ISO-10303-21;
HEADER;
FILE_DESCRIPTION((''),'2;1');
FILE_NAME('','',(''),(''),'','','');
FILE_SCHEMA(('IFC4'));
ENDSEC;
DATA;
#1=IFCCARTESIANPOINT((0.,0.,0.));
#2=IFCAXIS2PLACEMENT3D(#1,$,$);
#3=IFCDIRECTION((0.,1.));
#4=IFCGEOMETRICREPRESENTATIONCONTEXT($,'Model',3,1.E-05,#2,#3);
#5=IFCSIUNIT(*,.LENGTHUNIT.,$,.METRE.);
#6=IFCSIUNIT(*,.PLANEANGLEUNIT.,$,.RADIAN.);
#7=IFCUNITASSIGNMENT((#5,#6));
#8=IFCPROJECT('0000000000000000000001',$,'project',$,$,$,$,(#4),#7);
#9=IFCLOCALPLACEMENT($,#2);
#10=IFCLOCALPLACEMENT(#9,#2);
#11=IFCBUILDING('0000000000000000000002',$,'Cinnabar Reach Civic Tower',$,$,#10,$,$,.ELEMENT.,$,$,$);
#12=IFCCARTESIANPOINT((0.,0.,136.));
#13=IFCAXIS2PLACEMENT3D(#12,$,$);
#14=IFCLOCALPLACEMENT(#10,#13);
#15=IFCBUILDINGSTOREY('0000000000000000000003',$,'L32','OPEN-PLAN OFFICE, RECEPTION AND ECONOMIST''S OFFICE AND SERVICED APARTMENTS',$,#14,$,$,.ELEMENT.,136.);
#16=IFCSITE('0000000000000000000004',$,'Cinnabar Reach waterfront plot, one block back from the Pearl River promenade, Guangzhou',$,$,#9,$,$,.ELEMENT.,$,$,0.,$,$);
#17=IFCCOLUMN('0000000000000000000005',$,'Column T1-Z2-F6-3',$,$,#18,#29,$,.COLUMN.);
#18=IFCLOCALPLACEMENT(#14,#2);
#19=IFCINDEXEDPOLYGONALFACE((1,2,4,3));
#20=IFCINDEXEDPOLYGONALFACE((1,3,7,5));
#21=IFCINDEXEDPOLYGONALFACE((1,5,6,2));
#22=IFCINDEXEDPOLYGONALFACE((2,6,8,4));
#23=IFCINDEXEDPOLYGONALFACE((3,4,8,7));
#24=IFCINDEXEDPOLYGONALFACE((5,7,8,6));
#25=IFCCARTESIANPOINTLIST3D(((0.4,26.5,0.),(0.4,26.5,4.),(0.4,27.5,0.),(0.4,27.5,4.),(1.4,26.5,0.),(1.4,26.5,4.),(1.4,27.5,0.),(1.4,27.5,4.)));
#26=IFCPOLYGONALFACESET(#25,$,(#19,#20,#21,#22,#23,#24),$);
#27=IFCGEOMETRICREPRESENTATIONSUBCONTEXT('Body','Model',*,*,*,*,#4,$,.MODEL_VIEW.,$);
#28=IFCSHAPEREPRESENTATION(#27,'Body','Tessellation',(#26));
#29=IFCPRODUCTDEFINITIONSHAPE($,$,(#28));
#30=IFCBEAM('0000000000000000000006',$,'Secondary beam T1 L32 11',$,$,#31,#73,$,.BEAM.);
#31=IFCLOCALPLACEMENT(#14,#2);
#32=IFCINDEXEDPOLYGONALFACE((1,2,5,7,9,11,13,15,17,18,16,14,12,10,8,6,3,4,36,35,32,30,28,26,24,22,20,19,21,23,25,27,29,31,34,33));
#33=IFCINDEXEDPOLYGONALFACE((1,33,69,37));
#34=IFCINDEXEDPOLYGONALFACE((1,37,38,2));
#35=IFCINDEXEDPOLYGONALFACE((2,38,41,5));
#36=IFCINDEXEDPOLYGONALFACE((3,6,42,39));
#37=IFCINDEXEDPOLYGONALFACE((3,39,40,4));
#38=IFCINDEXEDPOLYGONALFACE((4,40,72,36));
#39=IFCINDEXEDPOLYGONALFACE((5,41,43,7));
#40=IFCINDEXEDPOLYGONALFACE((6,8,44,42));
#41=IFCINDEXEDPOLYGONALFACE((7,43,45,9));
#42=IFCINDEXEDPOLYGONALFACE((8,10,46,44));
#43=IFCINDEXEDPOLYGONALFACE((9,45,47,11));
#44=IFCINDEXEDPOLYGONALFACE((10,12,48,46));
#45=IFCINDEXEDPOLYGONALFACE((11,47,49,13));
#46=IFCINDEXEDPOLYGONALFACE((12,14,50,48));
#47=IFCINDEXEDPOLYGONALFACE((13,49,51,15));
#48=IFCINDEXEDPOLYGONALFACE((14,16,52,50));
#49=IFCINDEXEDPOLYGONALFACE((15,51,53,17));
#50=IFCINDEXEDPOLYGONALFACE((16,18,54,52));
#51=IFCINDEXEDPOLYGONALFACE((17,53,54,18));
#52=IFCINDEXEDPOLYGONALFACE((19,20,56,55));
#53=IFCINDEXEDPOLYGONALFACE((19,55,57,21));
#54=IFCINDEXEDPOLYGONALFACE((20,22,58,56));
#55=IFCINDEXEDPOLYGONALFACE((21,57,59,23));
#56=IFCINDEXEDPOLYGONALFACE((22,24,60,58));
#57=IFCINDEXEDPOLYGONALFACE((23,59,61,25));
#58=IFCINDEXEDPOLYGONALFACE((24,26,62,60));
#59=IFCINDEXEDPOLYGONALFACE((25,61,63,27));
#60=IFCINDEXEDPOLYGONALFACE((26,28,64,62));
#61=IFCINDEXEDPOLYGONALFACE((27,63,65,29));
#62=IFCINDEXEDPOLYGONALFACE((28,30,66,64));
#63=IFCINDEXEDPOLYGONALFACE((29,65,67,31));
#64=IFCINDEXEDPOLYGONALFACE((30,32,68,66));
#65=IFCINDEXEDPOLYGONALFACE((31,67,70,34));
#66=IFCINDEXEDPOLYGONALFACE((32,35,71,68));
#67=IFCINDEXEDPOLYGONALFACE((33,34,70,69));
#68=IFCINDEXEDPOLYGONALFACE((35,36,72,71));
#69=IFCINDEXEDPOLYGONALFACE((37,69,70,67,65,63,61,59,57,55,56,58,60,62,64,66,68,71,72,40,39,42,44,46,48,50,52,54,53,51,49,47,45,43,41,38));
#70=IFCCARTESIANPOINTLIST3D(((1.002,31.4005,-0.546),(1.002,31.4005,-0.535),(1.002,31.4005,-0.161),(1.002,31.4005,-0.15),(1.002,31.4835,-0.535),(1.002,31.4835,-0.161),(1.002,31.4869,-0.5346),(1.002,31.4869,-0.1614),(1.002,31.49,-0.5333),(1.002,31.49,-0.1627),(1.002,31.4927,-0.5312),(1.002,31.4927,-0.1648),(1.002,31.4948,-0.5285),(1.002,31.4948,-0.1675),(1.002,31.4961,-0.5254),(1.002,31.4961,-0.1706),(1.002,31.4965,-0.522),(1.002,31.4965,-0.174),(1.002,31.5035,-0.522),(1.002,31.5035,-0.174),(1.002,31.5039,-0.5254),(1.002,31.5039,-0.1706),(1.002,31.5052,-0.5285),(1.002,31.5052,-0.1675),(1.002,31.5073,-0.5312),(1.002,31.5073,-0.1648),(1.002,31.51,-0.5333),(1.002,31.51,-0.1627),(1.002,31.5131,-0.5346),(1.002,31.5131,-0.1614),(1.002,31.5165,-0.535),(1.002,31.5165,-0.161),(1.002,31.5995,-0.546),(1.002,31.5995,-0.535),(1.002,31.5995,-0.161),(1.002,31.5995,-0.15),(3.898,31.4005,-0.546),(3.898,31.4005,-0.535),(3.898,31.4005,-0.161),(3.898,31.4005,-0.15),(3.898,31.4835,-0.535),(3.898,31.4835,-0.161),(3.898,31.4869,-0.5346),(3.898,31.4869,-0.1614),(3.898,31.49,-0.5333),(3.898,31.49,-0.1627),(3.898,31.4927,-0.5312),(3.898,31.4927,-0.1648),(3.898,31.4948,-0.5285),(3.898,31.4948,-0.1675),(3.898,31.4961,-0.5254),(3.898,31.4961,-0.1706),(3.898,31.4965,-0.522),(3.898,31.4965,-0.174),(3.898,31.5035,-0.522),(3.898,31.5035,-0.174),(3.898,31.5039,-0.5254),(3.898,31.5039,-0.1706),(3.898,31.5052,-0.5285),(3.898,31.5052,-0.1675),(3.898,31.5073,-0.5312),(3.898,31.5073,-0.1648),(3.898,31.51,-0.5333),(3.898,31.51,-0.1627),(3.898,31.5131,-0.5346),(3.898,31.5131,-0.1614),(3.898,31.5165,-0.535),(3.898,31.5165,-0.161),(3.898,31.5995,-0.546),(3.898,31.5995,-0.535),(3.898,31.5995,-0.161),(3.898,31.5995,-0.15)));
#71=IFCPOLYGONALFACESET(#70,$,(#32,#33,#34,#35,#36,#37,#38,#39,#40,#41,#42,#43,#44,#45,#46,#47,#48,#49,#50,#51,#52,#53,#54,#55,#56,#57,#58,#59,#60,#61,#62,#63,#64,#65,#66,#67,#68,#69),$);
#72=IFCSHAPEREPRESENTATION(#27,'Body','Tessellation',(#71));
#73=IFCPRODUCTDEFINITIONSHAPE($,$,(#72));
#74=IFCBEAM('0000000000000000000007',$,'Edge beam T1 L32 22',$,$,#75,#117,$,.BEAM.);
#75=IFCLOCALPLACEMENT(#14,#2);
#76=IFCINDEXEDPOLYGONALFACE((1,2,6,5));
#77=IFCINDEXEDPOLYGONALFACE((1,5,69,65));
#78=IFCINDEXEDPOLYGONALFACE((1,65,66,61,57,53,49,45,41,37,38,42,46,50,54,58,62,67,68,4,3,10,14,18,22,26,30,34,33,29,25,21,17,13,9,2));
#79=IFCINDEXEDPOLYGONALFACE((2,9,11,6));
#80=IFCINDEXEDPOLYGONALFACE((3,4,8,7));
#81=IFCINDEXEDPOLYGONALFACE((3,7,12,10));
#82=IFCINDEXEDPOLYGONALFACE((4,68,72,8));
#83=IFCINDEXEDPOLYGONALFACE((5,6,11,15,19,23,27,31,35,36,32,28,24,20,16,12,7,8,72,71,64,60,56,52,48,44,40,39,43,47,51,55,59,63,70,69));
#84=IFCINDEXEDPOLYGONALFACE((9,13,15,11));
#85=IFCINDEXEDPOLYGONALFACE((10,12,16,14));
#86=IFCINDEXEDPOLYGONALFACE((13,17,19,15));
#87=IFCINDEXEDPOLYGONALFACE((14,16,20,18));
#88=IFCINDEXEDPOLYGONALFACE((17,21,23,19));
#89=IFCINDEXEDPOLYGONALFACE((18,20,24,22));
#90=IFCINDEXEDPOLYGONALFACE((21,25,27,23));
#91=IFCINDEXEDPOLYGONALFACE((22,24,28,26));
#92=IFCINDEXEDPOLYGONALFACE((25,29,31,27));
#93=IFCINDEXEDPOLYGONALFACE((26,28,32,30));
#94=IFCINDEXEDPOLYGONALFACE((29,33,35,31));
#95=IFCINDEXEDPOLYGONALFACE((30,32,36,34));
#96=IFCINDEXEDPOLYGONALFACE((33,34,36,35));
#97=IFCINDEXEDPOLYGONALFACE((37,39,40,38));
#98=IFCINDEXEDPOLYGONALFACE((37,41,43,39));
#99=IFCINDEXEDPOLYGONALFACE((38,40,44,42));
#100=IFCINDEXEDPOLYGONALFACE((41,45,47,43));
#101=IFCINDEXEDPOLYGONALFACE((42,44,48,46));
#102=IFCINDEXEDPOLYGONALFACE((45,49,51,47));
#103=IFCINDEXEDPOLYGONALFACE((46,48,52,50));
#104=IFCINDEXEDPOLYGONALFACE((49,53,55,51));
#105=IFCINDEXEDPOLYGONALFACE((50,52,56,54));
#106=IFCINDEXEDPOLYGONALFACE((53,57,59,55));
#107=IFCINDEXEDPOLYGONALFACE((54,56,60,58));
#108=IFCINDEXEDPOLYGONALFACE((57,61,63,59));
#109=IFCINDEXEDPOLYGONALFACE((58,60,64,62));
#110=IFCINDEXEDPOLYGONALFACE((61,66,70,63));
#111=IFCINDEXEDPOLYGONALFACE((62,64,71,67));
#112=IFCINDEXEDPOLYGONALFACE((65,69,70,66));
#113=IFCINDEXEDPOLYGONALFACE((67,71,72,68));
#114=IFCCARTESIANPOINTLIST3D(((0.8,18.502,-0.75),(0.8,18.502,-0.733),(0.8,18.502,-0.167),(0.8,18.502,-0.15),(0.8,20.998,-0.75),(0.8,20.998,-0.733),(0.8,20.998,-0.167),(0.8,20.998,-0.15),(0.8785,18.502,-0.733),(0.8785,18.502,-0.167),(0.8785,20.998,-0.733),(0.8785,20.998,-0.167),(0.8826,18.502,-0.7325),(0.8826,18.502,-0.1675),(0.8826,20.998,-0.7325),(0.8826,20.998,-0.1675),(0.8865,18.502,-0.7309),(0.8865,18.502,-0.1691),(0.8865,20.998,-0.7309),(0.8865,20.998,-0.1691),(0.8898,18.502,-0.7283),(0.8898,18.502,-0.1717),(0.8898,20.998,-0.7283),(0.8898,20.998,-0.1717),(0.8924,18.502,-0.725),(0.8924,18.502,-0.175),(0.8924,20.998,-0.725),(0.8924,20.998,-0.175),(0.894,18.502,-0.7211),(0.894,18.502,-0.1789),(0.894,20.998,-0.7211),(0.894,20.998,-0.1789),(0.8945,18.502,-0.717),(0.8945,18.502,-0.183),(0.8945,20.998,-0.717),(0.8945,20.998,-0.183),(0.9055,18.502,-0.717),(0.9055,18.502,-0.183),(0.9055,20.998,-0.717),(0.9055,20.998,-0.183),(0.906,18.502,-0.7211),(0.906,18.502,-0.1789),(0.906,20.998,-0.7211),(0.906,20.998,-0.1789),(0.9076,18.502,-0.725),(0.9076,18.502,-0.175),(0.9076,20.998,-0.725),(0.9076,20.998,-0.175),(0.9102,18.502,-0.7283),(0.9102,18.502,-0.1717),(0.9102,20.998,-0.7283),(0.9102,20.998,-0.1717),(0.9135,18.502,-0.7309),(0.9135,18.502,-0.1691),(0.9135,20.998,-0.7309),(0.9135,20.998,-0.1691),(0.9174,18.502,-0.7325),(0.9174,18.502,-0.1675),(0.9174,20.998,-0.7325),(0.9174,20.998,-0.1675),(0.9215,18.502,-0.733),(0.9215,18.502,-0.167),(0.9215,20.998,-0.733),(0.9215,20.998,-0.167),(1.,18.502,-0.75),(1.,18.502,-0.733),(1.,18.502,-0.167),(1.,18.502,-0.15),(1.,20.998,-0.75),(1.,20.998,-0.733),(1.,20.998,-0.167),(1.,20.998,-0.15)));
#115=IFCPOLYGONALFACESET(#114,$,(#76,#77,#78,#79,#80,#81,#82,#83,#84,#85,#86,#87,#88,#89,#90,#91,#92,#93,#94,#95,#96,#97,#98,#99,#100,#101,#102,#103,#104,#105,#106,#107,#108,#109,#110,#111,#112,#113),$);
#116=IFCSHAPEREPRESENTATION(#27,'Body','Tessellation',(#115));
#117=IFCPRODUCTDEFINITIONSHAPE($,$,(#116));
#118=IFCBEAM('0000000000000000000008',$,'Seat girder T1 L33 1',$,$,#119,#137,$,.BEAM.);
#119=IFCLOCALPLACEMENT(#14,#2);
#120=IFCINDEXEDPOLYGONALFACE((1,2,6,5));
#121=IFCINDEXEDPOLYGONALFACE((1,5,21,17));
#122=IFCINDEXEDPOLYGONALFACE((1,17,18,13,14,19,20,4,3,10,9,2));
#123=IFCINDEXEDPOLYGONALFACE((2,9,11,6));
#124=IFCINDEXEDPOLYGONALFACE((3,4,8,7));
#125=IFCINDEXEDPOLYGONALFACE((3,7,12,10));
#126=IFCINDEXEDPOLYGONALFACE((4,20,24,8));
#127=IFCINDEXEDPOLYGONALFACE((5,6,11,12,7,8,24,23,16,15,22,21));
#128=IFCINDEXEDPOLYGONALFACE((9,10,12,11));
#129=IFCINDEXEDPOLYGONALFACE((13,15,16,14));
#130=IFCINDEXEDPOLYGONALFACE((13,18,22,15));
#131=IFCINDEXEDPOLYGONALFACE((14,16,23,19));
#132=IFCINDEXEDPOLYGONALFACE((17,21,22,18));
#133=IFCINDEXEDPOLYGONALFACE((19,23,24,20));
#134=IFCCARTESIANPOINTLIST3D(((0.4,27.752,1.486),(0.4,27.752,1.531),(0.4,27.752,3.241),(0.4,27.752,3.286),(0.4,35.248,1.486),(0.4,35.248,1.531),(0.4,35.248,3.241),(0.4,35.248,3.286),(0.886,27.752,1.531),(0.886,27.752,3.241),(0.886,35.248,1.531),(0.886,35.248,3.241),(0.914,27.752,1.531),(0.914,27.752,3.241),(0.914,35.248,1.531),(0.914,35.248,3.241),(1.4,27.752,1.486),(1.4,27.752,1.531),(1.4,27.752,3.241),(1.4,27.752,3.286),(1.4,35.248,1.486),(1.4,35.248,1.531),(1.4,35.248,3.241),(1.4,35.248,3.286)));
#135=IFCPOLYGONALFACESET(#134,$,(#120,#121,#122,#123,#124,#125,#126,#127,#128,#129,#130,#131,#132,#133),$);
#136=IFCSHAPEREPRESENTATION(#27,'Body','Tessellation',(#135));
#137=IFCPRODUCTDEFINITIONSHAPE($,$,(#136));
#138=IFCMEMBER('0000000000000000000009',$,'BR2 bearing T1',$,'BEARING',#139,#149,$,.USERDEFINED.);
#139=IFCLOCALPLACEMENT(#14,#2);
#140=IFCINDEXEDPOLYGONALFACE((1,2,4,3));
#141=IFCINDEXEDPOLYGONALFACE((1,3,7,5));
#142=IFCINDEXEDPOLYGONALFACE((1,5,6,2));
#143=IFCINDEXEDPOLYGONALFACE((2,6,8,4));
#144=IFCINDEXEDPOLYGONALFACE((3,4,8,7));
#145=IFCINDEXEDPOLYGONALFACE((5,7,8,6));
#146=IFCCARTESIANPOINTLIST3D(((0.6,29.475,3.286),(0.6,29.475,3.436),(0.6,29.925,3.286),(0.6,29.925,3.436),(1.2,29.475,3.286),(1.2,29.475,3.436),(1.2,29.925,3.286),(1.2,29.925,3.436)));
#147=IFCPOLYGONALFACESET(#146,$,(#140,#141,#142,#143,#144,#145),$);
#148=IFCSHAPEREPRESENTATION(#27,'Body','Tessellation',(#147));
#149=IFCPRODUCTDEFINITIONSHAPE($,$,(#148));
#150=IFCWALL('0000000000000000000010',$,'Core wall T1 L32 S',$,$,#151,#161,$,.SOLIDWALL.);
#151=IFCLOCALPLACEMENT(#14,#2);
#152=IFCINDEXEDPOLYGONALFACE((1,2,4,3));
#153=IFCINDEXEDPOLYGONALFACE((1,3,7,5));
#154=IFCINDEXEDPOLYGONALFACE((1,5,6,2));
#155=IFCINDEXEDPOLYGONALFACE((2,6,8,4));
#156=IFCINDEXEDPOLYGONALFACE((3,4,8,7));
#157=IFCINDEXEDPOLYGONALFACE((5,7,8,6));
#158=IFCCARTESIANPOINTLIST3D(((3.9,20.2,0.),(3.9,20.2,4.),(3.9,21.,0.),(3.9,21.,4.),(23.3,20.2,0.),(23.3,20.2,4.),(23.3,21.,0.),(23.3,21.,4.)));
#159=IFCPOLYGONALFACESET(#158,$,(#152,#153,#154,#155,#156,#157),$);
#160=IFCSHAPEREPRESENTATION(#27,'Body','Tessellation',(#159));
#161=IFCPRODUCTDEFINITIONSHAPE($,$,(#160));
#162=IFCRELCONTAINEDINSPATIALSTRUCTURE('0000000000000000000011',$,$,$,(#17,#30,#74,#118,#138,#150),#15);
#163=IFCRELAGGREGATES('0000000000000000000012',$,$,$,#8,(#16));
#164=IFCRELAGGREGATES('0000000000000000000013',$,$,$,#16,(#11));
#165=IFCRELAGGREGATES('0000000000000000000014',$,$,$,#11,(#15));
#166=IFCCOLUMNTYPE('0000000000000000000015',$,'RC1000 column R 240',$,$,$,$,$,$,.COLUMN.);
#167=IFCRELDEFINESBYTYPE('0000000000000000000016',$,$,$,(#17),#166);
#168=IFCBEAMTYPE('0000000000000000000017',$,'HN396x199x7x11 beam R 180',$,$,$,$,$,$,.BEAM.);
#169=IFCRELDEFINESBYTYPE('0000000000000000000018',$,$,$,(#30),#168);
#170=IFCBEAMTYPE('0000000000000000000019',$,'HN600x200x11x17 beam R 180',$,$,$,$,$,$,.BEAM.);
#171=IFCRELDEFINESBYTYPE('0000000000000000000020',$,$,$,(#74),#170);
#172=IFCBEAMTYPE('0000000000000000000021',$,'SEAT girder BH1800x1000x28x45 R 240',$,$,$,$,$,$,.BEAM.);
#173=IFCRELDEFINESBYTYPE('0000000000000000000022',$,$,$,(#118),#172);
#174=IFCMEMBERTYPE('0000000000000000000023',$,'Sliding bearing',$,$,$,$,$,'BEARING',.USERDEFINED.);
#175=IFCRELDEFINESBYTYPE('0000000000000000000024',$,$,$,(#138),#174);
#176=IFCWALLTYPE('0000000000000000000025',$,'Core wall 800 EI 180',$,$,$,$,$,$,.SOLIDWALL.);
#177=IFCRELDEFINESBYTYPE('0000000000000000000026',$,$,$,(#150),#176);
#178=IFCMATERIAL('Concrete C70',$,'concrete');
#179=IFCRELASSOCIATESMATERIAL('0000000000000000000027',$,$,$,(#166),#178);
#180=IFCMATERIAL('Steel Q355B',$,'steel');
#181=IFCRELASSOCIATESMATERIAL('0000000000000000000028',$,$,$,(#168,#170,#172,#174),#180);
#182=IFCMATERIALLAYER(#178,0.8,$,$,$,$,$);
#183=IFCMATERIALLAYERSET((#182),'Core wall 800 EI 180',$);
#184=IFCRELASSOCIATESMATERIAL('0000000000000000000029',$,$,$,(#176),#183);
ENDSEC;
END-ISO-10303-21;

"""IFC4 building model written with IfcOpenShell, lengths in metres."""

from ifc_helpers import new_model, si_unit, direction, frame, frame_2d, origin, origin_2d, place, context, subcontext, project, spatial, rectangle, i_section, extrude, material, layer, layer_set, material_profile, profile_set, type_object, element, save


model = new_model("IFC4")

# Units and contexts
model_context = context("Model", 3, precision=1e-05, world=origin(), true_north=direction((0.0, 1.0)))
body_context = subcontext(model_context, "Body", "Model", "MODEL_VIEW")
ifc_project = project(units=[si_unit("LENGTHUNIT", "METRE"), si_unit("PLANEANGLEUNIT", "RADIAN")], contexts=[model_context])

# Site, building, storey
site_placement = place(None, origin())
site = spatial("IfcSite", under=ifc_project, at=site_placement, Name="Cinnabar Reach waterfront plot, one block back from the Pearl River promenade, Guangzhou", CompositionType="ELEMENT", RefElevation=0.0)
building_placement = place(site_placement, origin())
building = spatial("IfcBuilding", under=site, at=building_placement, Name="Cinnabar Reach Civic Tower", CompositionType="ELEMENT")
storey_placement = place(building_placement, frame((0.0, 0.0, 136.0)))
storey = spatial("IfcBuildingStorey", under=building, at=storey_placement, Name="L32", Description="OPEN-PLAN OFFICE, RECEPTION AND ECONOMIST'S OFFICE AND SERVICED APARTMENTS", CompositionType="ELEMENT", Elevation=136.0)

# Column
ifc_material_1 = material(Name="Concrete C70", Category="concrete")
ifc_material_profile_1 = material_profile(ifc_material_1, rectangle(XDim=1.0, YDim=1.0, at=origin_2d()), Name="RC1000")
ifc_profile_set_1 = profile_set([ifc_material_profile_1], Name="Concrete C70")
column_type = type_object("IfcColumnType", Name="RC1000 column R 240", PredefinedType="COLUMN", material=ifc_profile_set_1)
column_placement = place(storey_placement, frame((0.9, 27.0, 0.0), z_axis=(0.0, 0.0, 1.0), x_axis=(1.0, 0.0, 0.0)))
element("IfcColumn", 1, at=column_placement, inside=storey, type_object=column_type, Name="Column T1-Z2-F6-3", PredefinedType="COLUMN", context=body_context, shape_type="SweptSolid", body=[
    extrude(rectangle(XDim=1.0, YDim=1.0, at=origin_2d()), origin(), (0.0, 0.0, 1.0), 4.0),
])

# Beams
ifc_material_2 = material(Name="Steel Q355B", Category="steel")
ifc_material_profile_2 = material_profile(ifc_material_2, i_section(OverallWidth=0.199, OverallDepth=0.396, WebThickness=0.007, FlangeThickness=0.011, FilletRadius=0.013, at=origin_2d()), Name="HN396x199x7x11")
ifc_profile_set_2 = profile_set([ifc_material_profile_2], Name="Steel Q355B")
beam_type_1 = type_object("IfcBeamType", Name="HN396x199x7x11 beam R 180", PredefinedType="BEAM", material=ifc_profile_set_2)
beam_1_placement = place(storey_placement, frame((1.002, 31.5, -0.348), z_axis=(1.0, 0.0, 0.0), x_axis=(0.0, 1.0, 0.0)))
element("IfcBeam", 2, at=beam_1_placement, inside=storey, type_object=beam_type_1, Name="Secondary beam T1 L32 11", PredefinedType="BEAM", context=body_context, shape_type="SweptSolid", body=[
    extrude(i_section(OverallWidth=0.199, OverallDepth=0.396, WebThickness=0.007, FlangeThickness=0.011, FilletRadius=0.013, at=origin_2d()), origin(), (0.0, 0.0, 1.0), 2.896),
])
ifc_material_profile_3 = material_profile(ifc_material_2, i_section(OverallWidth=0.2, OverallDepth=0.6, WebThickness=0.011, FlangeThickness=0.017, FilletRadius=0.016, at=origin_2d()), Name="HN600x200x11x17")
ifc_profile_set_3 = profile_set([ifc_material_profile_3], Name="Steel Q355B")
beam_type_2 = type_object("IfcBeamType", Name="HN600x200x11x17 beam R 180", PredefinedType="BEAM", material=ifc_profile_set_3)
beam_2_placement = place(storey_placement, frame((0.9, 20.998, -0.45), z_axis=(0.0, -1.0, 0.0), x_axis=(1.0, 0.0, 0.0)))
element("IfcBeam", 3, at=beam_2_placement, inside=storey, type_object=beam_type_2, Name="Edge beam T1 L32 22", PredefinedType="BEAM", context=body_context, shape_type="SweptSolid", body=[
    extrude(i_section(OverallWidth=0.2, OverallDepth=0.6, WebThickness=0.011, FlangeThickness=0.017, FilletRadius=0.016, at=origin_2d()), origin(), (0.0, 0.0, 1.0), 2.496),
])
ifc_material_profile_4 = material_profile(ifc_material_2, i_section(OverallWidth=1.0, OverallDepth=1.8, WebThickness=0.028, FlangeThickness=0.045, at=origin_2d()), Name="BH1800x1000x28x45")
ifc_profile_set_4 = profile_set([ifc_material_profile_4], Name="Steel Q355B")
beam_type_3 = type_object("IfcBeamType", Name="SEAT girder BH1800x1000x28x45 R 240", PredefinedType="BEAM", material=ifc_profile_set_4)
beam_3_placement = place(storey_placement, frame((0.9, 27.752, 2.386), z_axis=(0.0, 1.0, 0.0), x_axis=(-1.0, 0.0, 0.0)))
element("IfcBeam", 4, at=beam_3_placement, inside=storey, type_object=beam_type_3, Name="Seat girder T1 L33 1", PredefinedType="BEAM", context=body_context, shape_type="SweptSolid", body=[
    extrude(i_section(OverallWidth=1.0, OverallDepth=1.8, WebThickness=0.028, FlangeThickness=0.045, at=origin_2d()), origin(), (0.0, 0.0, 1.0), 7.496),
])

# Member
member_type = type_object("IfcMemberType", Name="Sliding bearing", ElementType="BEARING", PredefinedType="USERDEFINED", material=ifc_material_2)
member_placement = place(storey_placement, frame((0.9, 29.7, 3.286), z_axis=(0.0, 0.0, 1.0), x_axis=(1.0, 0.0, 0.0)))
element("IfcMember", 5, at=member_placement, inside=storey, type_object=member_type, Name="BR2 bearing T1", ObjectType="BEARING", PredefinedType="USERDEFINED", context=body_context, shape_type="SweptSolid", body=[
    extrude(rectangle(XDim=0.6, YDim=0.45, at=origin_2d()), origin(), (0.0, 0.0, 1.0), 0.15),
])

# Wall
ifc_layer_1 = layer(ifc_material_1, 0.8)
ifc_layer_set_1 = layer_set([ifc_layer_1], Name="Core wall 800 EI 180")
wall_type_1 = type_object("IfcWallType", Name="Core wall 800 EI 180", PredefinedType="SOLIDWALL", material=ifc_layer_set_1)
wall_1_placement = place(storey_placement, frame((3.9, 20.6, 0.0), z_axis=(0.0, 0.0, 1.0), x_axis=(1.0, 0.0, 0.0)))
element("IfcWall", 6, at=wall_1_placement, inside=storey, type_object=wall_type_1, Name="Core wall T1 L32 S", PredefinedType="SOLIDWALL", context=body_context, shape_type="SweptSolid", body=[
    extrude(rectangle(XDim=19.4, YDim=0.8, at=frame_2d((9.7, 0.0))), origin(), (0.0, 0.0, 1.0), 4.0),
])

save(model, "model.ifc")
